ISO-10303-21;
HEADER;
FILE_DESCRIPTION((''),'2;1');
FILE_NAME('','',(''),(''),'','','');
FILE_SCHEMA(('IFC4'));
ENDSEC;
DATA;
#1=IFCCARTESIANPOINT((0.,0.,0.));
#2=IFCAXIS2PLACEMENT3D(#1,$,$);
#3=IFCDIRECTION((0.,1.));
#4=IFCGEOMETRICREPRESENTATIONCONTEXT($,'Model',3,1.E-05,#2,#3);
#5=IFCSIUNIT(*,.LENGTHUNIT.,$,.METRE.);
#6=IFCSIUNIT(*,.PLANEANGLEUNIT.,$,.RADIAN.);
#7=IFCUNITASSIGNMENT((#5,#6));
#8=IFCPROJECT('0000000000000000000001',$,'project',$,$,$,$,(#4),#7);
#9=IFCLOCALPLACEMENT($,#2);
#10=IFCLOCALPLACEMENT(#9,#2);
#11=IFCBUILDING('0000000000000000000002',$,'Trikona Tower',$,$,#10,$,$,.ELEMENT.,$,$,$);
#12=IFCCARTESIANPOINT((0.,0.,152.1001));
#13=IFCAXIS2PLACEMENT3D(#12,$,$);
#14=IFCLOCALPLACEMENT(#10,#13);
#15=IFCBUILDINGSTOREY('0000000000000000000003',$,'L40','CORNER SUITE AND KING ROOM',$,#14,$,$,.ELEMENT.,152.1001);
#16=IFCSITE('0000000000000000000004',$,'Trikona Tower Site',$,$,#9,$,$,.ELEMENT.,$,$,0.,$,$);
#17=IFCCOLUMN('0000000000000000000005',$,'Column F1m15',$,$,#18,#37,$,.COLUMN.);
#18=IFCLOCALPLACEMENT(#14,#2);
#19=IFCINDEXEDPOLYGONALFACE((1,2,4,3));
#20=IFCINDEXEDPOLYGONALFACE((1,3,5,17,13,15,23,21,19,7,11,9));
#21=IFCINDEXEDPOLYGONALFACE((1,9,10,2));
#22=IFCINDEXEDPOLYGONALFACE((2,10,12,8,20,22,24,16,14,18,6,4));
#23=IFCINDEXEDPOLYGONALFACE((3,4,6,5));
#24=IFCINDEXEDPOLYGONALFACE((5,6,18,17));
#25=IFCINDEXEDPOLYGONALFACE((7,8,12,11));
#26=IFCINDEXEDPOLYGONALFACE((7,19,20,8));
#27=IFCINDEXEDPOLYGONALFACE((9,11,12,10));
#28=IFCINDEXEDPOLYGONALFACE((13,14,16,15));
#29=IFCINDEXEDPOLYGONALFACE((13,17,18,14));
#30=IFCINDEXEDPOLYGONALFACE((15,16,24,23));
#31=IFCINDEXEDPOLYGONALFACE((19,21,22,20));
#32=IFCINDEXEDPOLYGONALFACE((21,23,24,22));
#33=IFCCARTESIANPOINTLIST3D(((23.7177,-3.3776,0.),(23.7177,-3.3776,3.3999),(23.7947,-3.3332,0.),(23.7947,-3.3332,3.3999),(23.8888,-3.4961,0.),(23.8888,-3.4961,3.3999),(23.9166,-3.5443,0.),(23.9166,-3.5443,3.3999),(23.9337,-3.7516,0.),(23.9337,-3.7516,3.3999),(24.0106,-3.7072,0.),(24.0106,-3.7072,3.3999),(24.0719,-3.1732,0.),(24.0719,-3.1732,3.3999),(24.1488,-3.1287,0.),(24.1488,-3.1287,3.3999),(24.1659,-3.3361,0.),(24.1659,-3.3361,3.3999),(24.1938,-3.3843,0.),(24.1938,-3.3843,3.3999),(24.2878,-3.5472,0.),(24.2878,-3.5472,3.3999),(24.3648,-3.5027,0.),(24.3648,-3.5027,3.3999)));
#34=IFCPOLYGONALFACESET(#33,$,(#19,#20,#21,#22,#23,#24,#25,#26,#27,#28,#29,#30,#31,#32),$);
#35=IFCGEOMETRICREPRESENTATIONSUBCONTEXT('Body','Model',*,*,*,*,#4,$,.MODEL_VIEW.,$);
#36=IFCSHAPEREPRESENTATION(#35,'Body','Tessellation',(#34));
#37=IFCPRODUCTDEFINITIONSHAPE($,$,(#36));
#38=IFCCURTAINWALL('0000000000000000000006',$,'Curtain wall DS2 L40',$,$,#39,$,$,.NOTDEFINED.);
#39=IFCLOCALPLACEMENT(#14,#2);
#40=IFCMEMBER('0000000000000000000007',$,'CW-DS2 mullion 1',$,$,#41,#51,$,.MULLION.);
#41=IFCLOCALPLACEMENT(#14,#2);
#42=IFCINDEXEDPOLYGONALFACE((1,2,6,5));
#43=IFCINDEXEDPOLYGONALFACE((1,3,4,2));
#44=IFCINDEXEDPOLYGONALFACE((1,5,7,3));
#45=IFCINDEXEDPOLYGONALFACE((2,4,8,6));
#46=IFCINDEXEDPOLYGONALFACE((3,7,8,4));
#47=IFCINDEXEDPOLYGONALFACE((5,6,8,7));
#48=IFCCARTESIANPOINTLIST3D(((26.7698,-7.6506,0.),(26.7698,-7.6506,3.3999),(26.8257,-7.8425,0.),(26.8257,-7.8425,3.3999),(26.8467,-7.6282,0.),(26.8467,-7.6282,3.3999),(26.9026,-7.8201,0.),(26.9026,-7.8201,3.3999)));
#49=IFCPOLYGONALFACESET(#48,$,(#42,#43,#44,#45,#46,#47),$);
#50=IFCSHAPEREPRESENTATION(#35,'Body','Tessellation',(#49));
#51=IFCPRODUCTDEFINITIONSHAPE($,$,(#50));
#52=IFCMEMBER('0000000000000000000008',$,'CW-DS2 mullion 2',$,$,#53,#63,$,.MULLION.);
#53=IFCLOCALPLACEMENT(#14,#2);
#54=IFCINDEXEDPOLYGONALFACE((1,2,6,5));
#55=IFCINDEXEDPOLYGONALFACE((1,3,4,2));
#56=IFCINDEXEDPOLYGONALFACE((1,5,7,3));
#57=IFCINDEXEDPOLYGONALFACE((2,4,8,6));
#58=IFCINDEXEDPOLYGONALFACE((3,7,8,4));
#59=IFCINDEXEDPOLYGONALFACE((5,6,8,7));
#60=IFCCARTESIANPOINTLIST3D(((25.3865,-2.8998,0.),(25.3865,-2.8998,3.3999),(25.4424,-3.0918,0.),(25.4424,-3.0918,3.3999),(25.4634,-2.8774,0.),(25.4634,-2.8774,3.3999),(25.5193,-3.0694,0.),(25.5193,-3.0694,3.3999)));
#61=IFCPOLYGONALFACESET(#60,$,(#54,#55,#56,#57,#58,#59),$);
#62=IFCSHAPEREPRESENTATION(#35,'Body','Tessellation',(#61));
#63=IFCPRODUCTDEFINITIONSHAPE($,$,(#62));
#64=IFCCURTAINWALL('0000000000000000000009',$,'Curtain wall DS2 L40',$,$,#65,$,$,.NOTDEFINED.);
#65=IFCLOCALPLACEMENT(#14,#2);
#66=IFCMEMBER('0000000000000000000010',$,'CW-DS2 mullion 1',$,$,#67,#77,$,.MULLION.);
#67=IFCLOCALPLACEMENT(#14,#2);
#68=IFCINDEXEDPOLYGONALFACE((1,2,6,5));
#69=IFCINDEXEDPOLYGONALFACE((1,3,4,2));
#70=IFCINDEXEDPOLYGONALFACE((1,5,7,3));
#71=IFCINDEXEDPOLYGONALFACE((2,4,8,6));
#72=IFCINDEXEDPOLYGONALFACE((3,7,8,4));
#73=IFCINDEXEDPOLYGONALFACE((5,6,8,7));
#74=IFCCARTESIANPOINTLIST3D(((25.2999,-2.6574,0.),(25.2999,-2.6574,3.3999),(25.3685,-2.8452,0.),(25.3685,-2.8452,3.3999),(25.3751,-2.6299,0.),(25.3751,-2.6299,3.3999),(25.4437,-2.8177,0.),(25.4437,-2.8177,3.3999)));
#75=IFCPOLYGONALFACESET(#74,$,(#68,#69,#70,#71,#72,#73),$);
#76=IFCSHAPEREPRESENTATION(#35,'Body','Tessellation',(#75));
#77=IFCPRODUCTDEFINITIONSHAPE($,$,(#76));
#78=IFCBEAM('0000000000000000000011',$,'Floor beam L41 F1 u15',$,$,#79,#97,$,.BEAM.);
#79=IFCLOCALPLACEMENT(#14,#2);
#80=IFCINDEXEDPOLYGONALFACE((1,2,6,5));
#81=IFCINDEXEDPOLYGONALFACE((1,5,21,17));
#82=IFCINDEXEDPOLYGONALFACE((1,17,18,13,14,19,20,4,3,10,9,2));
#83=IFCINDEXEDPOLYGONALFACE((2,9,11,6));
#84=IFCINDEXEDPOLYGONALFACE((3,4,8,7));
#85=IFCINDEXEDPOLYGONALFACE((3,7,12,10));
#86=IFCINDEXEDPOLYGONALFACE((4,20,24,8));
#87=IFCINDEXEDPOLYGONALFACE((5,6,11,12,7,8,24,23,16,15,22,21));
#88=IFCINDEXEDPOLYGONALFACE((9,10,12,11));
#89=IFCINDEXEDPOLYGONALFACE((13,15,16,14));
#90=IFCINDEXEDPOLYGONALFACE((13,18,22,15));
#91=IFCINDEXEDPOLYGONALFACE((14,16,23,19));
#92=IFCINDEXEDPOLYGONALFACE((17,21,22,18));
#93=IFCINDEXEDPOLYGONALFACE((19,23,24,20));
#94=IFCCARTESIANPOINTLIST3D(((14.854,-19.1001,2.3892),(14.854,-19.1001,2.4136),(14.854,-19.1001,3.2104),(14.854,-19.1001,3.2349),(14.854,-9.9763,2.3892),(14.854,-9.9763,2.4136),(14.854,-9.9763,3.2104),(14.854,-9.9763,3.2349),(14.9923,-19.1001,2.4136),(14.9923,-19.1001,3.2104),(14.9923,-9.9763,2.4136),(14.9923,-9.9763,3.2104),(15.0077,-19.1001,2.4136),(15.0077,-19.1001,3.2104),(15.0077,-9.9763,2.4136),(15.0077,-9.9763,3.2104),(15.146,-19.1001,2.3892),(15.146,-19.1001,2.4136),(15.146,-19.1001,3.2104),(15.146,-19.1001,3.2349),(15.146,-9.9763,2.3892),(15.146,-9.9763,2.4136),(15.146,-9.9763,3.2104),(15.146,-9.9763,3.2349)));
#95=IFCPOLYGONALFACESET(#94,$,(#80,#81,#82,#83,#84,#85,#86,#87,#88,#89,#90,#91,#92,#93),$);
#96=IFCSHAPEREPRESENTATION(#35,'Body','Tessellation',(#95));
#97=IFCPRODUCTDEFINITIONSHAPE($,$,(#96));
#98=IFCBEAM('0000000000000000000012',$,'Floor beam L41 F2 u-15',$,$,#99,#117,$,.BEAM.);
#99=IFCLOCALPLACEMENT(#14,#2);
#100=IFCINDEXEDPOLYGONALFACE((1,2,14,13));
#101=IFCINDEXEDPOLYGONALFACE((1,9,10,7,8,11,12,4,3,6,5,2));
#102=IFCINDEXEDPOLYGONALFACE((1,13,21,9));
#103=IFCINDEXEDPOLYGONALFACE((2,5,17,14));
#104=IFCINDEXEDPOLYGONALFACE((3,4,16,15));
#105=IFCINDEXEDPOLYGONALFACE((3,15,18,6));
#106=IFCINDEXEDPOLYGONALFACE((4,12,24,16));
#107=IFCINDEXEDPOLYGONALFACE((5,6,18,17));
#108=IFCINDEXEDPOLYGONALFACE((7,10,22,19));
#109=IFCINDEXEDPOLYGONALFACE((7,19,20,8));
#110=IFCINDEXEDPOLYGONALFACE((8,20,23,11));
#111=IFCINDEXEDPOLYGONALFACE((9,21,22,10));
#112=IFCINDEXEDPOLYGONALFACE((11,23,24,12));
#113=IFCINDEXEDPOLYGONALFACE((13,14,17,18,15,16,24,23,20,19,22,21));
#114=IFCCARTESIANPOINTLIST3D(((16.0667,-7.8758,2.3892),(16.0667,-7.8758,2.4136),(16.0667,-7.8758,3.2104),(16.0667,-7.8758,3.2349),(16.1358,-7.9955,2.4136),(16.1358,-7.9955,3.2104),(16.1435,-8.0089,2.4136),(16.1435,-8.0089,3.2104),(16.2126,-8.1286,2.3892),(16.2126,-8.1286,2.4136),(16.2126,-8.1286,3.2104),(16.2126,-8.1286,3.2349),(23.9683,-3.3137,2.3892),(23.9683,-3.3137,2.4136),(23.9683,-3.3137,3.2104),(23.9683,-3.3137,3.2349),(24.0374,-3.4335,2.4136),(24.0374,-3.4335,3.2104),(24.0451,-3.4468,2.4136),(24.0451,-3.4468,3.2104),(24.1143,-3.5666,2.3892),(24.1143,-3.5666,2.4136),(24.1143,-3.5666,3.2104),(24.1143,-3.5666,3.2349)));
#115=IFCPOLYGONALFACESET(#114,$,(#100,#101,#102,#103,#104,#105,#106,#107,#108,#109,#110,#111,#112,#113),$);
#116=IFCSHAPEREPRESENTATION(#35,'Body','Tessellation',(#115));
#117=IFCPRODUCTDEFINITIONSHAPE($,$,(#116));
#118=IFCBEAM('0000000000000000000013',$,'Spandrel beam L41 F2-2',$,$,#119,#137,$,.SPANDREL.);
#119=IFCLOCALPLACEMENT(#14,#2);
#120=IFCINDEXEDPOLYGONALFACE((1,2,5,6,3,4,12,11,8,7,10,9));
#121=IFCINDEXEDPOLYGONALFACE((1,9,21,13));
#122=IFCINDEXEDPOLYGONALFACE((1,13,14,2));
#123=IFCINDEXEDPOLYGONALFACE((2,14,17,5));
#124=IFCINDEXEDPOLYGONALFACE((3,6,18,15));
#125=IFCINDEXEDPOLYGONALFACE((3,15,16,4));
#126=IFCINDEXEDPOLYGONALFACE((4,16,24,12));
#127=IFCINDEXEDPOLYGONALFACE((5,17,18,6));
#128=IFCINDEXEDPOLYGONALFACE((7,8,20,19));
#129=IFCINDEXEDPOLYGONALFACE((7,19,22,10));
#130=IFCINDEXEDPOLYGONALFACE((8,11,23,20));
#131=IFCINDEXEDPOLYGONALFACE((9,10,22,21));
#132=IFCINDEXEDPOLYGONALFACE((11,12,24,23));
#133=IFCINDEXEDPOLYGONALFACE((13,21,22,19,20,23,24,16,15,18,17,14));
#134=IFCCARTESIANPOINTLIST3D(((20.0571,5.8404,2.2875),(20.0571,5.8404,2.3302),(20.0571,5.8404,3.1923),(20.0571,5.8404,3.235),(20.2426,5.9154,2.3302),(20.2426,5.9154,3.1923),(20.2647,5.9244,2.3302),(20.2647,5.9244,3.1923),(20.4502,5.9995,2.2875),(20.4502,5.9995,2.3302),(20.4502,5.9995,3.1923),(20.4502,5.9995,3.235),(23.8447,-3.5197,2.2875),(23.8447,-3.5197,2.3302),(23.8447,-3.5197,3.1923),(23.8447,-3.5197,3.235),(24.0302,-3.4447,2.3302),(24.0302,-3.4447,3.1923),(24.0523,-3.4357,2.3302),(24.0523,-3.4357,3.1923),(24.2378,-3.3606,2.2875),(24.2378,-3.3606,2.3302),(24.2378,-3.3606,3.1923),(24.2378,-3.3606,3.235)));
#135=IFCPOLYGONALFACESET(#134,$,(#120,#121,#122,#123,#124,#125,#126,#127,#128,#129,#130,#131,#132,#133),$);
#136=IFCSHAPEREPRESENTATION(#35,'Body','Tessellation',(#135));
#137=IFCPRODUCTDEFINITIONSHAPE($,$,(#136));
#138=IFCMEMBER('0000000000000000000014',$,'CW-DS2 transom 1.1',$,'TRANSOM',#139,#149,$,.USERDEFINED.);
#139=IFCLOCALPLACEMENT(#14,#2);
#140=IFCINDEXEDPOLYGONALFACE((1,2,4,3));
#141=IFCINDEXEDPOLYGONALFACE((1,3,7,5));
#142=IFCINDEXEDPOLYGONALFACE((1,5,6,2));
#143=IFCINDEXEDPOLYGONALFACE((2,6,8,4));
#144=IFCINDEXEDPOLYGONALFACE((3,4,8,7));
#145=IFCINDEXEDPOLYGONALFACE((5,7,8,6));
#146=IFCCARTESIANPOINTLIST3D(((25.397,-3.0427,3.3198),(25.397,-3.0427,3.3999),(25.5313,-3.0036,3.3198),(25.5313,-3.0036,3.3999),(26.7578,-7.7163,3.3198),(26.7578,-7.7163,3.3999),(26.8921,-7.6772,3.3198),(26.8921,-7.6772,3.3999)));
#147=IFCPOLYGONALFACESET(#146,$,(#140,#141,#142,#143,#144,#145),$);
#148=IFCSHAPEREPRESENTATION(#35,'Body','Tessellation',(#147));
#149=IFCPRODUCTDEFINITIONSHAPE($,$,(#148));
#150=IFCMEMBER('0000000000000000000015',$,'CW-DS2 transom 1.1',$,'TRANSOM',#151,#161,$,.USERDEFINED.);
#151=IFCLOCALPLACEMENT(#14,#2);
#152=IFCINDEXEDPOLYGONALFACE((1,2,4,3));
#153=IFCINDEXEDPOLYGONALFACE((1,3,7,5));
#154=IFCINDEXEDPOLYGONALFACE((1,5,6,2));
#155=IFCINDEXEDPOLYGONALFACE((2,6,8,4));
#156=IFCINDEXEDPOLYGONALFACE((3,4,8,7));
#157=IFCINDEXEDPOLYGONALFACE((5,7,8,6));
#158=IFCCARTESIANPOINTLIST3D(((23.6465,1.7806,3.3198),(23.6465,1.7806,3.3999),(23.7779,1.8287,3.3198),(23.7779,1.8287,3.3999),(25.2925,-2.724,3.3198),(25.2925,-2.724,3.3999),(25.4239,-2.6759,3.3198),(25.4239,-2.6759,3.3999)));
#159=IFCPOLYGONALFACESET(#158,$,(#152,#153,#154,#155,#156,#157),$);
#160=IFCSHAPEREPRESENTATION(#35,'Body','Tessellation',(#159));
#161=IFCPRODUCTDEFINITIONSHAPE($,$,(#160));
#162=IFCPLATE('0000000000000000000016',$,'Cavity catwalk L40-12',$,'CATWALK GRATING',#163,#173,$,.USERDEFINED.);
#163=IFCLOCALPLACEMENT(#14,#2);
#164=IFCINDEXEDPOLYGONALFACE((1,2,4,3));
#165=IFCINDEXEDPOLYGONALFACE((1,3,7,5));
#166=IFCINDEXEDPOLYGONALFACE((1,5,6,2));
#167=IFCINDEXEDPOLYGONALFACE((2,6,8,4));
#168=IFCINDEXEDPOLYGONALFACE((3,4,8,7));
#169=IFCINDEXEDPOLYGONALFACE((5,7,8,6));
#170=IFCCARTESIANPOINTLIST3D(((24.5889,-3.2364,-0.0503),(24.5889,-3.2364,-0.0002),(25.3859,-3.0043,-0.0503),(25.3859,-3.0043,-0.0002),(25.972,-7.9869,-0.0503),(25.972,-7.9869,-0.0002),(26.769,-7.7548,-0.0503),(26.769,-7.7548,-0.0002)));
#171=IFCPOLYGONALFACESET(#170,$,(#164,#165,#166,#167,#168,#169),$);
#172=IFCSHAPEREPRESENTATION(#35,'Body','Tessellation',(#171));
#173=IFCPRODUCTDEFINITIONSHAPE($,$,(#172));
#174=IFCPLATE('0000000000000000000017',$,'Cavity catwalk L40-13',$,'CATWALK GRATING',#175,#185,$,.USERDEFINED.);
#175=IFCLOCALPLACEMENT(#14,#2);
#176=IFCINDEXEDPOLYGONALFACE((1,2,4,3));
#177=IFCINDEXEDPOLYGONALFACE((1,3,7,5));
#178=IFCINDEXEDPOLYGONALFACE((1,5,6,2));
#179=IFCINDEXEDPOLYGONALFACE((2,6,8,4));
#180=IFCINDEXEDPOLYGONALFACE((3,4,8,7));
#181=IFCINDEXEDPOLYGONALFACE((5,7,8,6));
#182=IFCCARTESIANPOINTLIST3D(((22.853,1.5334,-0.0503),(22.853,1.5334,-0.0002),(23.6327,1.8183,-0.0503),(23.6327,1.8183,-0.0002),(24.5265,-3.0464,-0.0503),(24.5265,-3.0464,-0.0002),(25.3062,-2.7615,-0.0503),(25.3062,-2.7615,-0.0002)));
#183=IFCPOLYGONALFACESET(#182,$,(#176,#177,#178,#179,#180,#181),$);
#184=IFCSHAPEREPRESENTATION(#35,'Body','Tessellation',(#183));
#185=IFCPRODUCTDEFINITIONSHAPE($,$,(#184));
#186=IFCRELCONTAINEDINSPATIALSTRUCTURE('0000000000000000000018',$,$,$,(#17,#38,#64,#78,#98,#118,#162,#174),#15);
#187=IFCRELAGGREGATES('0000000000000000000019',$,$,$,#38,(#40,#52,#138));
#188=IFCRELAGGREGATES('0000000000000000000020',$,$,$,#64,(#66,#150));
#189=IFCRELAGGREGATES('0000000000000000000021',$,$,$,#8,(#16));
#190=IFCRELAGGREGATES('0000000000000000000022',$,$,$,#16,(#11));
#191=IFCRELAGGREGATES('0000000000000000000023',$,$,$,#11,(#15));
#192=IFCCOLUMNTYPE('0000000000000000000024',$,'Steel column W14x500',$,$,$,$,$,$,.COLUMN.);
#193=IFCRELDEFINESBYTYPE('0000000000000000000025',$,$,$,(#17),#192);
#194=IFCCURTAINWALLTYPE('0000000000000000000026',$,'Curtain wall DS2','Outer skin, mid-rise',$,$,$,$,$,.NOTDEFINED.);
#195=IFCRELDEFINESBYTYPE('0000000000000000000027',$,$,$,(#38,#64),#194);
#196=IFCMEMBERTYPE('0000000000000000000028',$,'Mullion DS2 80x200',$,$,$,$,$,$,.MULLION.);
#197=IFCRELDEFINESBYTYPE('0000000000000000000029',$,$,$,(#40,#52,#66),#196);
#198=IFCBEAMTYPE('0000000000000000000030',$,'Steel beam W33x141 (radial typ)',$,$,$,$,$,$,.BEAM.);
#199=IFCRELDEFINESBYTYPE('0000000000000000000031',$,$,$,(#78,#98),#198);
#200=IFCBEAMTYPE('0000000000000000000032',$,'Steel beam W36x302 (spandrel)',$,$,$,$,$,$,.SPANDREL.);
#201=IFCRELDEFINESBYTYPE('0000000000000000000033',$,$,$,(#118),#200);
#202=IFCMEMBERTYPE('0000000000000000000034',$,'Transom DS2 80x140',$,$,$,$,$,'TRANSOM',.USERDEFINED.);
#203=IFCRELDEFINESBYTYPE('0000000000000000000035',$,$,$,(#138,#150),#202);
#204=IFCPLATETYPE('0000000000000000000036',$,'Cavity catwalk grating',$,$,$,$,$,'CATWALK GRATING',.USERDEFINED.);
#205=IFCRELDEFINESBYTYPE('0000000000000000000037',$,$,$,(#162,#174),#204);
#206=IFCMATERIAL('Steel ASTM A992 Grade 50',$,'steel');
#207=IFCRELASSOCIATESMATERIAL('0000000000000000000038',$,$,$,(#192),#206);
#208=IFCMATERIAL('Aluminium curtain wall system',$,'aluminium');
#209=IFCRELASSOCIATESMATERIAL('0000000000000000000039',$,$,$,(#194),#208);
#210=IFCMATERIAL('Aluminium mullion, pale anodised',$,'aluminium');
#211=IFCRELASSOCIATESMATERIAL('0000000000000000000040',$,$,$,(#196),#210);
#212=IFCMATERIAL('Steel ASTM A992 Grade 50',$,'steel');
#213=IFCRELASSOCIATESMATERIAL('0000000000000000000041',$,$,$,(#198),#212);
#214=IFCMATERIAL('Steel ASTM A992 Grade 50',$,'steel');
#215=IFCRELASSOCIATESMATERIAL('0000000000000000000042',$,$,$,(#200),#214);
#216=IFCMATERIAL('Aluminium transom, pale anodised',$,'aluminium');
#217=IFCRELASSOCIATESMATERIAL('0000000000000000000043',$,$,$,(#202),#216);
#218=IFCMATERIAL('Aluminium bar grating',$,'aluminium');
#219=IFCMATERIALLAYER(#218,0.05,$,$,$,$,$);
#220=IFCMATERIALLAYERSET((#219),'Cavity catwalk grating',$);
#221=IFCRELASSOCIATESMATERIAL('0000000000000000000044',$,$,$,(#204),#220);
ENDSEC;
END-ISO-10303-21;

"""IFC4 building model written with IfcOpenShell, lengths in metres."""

from ifc_helpers import new_model, si_unit, direction, frame, origin, origin_2d, place, context, subcontext, project, spatial, rectangle, i_section, extrude, material, layer, layer_set, material_profile, profile_set, type_object, element, aggregate, save


model = new_model("IFC4")

# Units and contexts
model_context = context("Model", 3, precision=1e-05, world=origin(), true_north=direction((0.0, 1.0)))
body_context = subcontext(model_context, "Body", "Model", "MODEL_VIEW")
ifc_project = project(units=[si_unit("LENGTHUNIT", "METRE"), si_unit("PLANEANGLEUNIT", "RADIAN")], contexts=[model_context])

# Site, building, storey
site_placement = place(None, origin())
site = spatial("IfcSite", under=ifc_project, at=site_placement, Name="Trikona Tower Site", CompositionType="ELEMENT", RefElevation=0.0)
building_placement = place(site_placement, origin())
building = spatial("IfcBuilding", under=site, at=building_placement, Name="Trikona Tower", CompositionType="ELEMENT")
storey_placement = place(building_placement, frame((0.0, 0.0, 152.1001)))
storey = spatial("IfcBuildingStorey", under=building, at=storey_placement, Name="L40", Description="CORNER SUITE AND KING ROOM", CompositionType="ELEMENT", Elevation=152.1001)

# Column
ifc_material_1 = material(Name="Steel ASTM A992 Grade 50", Category="steel")
ifc_material_profile_1 = material_profile(ifc_material_1, i_section(OverallWidth=0.4319, OverallDepth=0.4978, WebThickness=0.0557, FlangeThickness=0.0889, at=origin_2d()), Name="W14X500")
ifc_profile_set_1 = profile_set([ifc_material_profile_1], Name="Steel ASTM A992 Grade 50")
column_type = type_object("IfcColumnType", Name="Steel column W14x500", PredefinedType="COLUMN", material=ifc_profile_set_1)
column_placement = place(storey_placement, frame((24.0413, -3.4402, 0.0), z_axis=(0.0, 0.0, 1.0), x_axis=(-0.5, 0.866025, 0.0)))
element("IfcColumn", 1, at=column_placement, inside=storey, type_object=column_type, Name="Column F1m15", PredefinedType="COLUMN", context=body_context, shape_type="SweptSolid", body=[
    extrude(i_section(OverallWidth=0.4319, OverallDepth=0.4978, WebThickness=0.0557, FlangeThickness=0.0889, at=origin_2d()), origin(), (0.0, 0.0, 1.0), 3.3999),
])

# Curtain wall, members
ifc_material_2 = material(Name="Aluminium curtain wall system", Category="aluminium")
curtain_wall_type = type_object("IfcCurtainWallType", Name="Curtain wall DS2", Description="Outer skin, mid-rise", PredefinedType="NOTDEFINED", material=ifc_material_2)
curtain_wall_1_placement = place(storey_placement, origin())
curtain_wall_1 = element("IfcCurtainWall", 2, at=curtain_wall_1_placement, inside=storey, type_object=curtain_wall_type, Name="Curtain wall DS2 L40", PredefinedType="NOTDEFINED")
ifc_material_3 = material(Name="Aluminium mullion, pale anodised", Category="aluminium")
ifc_material_profile_2 = material_profile(ifc_material_3, rectangle(XDim=0.0801, YDim=0.2, at=origin_2d()), Name="MUL-DS2")
ifc_profile_set_2 = profile_set([ifc_material_profile_2], Name="Aluminium mullion, pale anodised")
member_type_1 = type_object("IfcMemberType", Name="Mullion DS2 80x200", PredefinedType="MULLION", material=ifc_profile_set_2)
member_1_placement = place(storey_placement, frame((26.8362, -7.7354, 0.0), z_axis=(0.0, 0.0, 1.0), x_axis=(-0.960133, -0.279543, 0.0)))
member_1 = element("IfcMember", 3, at=member_1_placement, type_object=member_type_1, Name="CW-DS2 mullion 1", PredefinedType="MULLION", context=body_context, shape_type="SweptSolid", body=[
    extrude(rectangle(XDim=0.0801, YDim=0.2, at=origin_2d()), origin(), (0.0, 0.0, 1.0), 3.3999),
])
member_2_placement = place(storey_placement, frame((25.4529, -2.9846, 0.0), z_axis=(0.0, 0.0, 1.0), x_axis=(-0.960133, -0.279543, 0.0)))
member_2 = element("IfcMember", 4, at=member_2_placement, type_object=member_type_1, Name="CW-DS2 mullion 2", PredefinedType="MULLION", context=body_context, shape_type="SweptSolid", body=[
    extrude(rectangle(XDim=0.0801, YDim=0.2, at=origin_2d()), origin(), (0.0, 0.0, 1.0), 3.3999),
])

# Curtain wall, member
curtain_wall_2_placement = place(storey_placement, origin())
curtain_wall_2 = element("IfcCurtainWall", 5, at=curtain_wall_2_placement, inside=storey, type_object=curtain_wall_type, Name="Curtain wall DS2 L40", PredefinedType="NOTDEFINED")
member_3_placement = place(storey_placement, frame((25.3718, -2.7375, 0.0), z_axis=(0.0, 0.0, 1.0), x_axis=(-0.939254, -0.343223, 0.0)))
member_3 = element("IfcMember", 6, at=member_3_placement, type_object=member_type_1, Name="CW-DS2 mullion 1", PredefinedType="MULLION", context=body_context, shape_type="SweptSolid", body=[
    extrude(rectangle(XDim=0.0801, YDim=0.2, at=origin_2d()), origin(), (0.0, 0.0, 1.0), 3.3999),
])

# Beams
ifc_material_4 = material(Name="Steel ASTM A992 Grade 50", Category="steel")
ifc_material_profile_3 = material_profile(ifc_material_4, i_section(OverallWidth=0.292, OverallDepth=0.8457, WebThickness=0.0154, FlangeThickness=0.0244, at=origin_2d()), Name="W33X141")
ifc_profile_set_3 = profile_set([ifc_material_profile_3], Name="Steel ASTM A992 Grade 50")
beam_type_1 = type_object("IfcBeamType", Name="Steel beam W33x141 (radial typ)", PredefinedType="BEAM", material=ifc_profile_set_3)
beam_1_placement = place(storey_placement, frame((15.0, -9.9763, 2.812), z_axis=(0.0, -1.0, 0.0), x_axis=(1.0, 0.0, 0.0)))
element("IfcBeam", 7, at=beam_1_placement, inside=storey, type_object=beam_type_1, Name="Floor beam L41 F1 u15", PredefinedType="BEAM", context=body_context, shape_type="SweptSolid", body=[
    extrude(i_section(OverallWidth=0.292, OverallDepth=0.8457, WebThickness=0.0154, FlangeThickness=0.0244, at=origin_2d()), origin(), (0.0, 0.0, 1.0), 9.1238),
])
beam_2_placement = place(storey_placement, frame((16.1396, -8.0022, 2.812), z_axis=(0.866025, 0.500001, 0.0), x_axis=(-0.500001, 0.866025, 0.0)))
element("IfcBeam", 8, at=beam_2_placement, inside=storey, type_object=beam_type_1, Name="Floor beam L41 F2 u-15", PredefinedType="BEAM", context=body_context, shape_type="SweptSolid", body=[
    extrude(i_section(OverallWidth=0.292, OverallDepth=0.8457, WebThickness=0.0154, FlangeThickness=0.0244, at=origin_2d()), origin(), (0.0, 0.0, 1.0), 9.124),
])
ifc_material_5 = material(Name="Steel ASTM A992 Grade 50", Category="steel")
ifc_material_profile_4 = material_profile(ifc_material_5, i_section(OverallWidth=0.4241, OverallDepth=0.9475, WebThickness=0.0239, FlangeThickness=0.0427, at=origin_2d()), Name="W36X302")
ifc_profile_set_4 = profile_set([ifc_material_profile_4], Name="Steel ASTM A992 Grade 50")
beam_type_2 = type_object("IfcBeamType", Name="Steel beam W36x302 (spandrel)", PredefinedType="SPANDREL", material=ifc_profile_set_4)
beam_3_placement = place(storey_placement, frame((24.0413, -3.4402, 2.7612), z_axis=(-0.375106, 0.926982, 0.0), x_axis=(-0.926982, -0.375106, 0.0)))
element("IfcBeam", 9, at=beam_3_placement, inside=storey, type_object=beam_type_2, Name="Spandrel beam L41 F2-2", PredefinedType="SPANDREL", context=body_context, shape_type="SweptSolid", body=[
    extrude(i_section(OverallWidth=0.4241, OverallDepth=0.9475, WebThickness=0.0239, FlangeThickness=0.0427, at=origin_2d()), origin(), (0.0, 0.0, 1.0), 10.0974),
])

# Members
ifc_material_6 = material(Name="Aluminium transom, pale anodised", Category="aluminium")
ifc_material_profile_5 = material_profile(ifc_material_6, rectangle(XDim=0.1399, YDim=0.0801, at=origin_2d()), Name="TRN-DS2")
ifc_profile_set_5 = profile_set([ifc_material_profile_5], Name="Aluminium transom, pale anodised")
member_type_2 = type_object("IfcMemberType", Name="Transom DS2 80x140", ElementType="TRANSOM", PredefinedType="USERDEFINED", material=ifc_profile_set_5)
member_4_placement = place(storey_placement, frame((26.825, -7.6968, 3.3599), z_axis=(-0.279567, 0.960126, 0.0), x_axis=(-0.960126, -0.279567, 0.0)))
member_4 = element("IfcMember", 10, at=member_4_placement, type_object=member_type_2, Name="CW-DS2 transom 1.1", ObjectType="TRANSOM", PredefinedType="USERDEFINED", context=body_context, shape_type="SweptSolid", body=[
    extrude(rectangle(XDim=0.1399, YDim=0.0801, at=origin_2d()), origin(), (0.0, 0.0, 1.0), 4.8677),
])
member_5_placement = place(storey_placement, frame((25.3582, -2.7, 3.3599), z_axis=(-0.343206, 0.93926, 0.0), x_axis=(-0.93926, -0.343206, 0.0)))
member_5 = element("IfcMember", 11, at=member_5_placement, type_object=member_type_2, Name="CW-DS2 transom 1.1", ObjectType="TRANSOM", PredefinedType="USERDEFINED", context=body_context, shape_type="SweptSolid", body=[
    extrude(rectangle(XDim=0.1399, YDim=0.0801, at=origin_2d()), origin(), (0.0, 0.0, 1.0), 4.7959),
])

# Plates
ifc_material_7 = material(Name="Aluminium bar grating", Category="aluminium")
ifc_layer_1 = layer(ifc_material_7, 0.05)
ifc_layer_set_1 = layer_set([ifc_layer_1], Name="Cavity catwalk grating")
plate_type_1 = type_object("IfcPlateType", Name="Cavity catwalk grating", ElementType="CATWALK GRATING", PredefinedType="USERDEFINED", material=ifc_layer_set_1)
plate_1_placement = place(storey_placement, frame((25.679, -5.4956, -0.0503), z_axis=(0.0, 0.0, 1.0), x_axis=(-0.279554, 0.96013, 0.0)))
element("IfcPlate", 12, at=plate_1_placement, inside=storey, type_object=plate_type_1, Name="Cavity catwalk L40-12", ObjectType="CATWALK GRATING", PredefinedType="USERDEFINED", context=body_context, shape_type="SweptSolid", body=[
    extrude(rectangle(XDim=4.9478, YDim=0.8301, at=origin_2d()), origin(), (0.0, 0.0, 1.0), 0.05),
])
plate_2_placement = place(storey_placement, frame((24.0796, -0.614, -0.0503), z_axis=(0.0, 0.0, 1.0), x_axis=(-0.34322, 0.939255, 0.0)))
element("IfcPlate", 13, at=plate_2_placement, inside=storey, type_object=plate_type_1, Name="Cavity catwalk L40-13", ObjectType="CATWALK GRATING", PredefinedType="USERDEFINED", context=body_context, shape_type="SweptSolid", body=[
    extrude(rectangle(XDim=4.876, YDim=0.8301, at=origin_2d()), origin(), (0.0, 0.0, 1.0), 0.05),
])

aggregate(curtain_wall_1, [member_1, member_2, member_4])
aggregate(curtain_wall_2, [member_3, member_5])

save(model, "model.ifc")
